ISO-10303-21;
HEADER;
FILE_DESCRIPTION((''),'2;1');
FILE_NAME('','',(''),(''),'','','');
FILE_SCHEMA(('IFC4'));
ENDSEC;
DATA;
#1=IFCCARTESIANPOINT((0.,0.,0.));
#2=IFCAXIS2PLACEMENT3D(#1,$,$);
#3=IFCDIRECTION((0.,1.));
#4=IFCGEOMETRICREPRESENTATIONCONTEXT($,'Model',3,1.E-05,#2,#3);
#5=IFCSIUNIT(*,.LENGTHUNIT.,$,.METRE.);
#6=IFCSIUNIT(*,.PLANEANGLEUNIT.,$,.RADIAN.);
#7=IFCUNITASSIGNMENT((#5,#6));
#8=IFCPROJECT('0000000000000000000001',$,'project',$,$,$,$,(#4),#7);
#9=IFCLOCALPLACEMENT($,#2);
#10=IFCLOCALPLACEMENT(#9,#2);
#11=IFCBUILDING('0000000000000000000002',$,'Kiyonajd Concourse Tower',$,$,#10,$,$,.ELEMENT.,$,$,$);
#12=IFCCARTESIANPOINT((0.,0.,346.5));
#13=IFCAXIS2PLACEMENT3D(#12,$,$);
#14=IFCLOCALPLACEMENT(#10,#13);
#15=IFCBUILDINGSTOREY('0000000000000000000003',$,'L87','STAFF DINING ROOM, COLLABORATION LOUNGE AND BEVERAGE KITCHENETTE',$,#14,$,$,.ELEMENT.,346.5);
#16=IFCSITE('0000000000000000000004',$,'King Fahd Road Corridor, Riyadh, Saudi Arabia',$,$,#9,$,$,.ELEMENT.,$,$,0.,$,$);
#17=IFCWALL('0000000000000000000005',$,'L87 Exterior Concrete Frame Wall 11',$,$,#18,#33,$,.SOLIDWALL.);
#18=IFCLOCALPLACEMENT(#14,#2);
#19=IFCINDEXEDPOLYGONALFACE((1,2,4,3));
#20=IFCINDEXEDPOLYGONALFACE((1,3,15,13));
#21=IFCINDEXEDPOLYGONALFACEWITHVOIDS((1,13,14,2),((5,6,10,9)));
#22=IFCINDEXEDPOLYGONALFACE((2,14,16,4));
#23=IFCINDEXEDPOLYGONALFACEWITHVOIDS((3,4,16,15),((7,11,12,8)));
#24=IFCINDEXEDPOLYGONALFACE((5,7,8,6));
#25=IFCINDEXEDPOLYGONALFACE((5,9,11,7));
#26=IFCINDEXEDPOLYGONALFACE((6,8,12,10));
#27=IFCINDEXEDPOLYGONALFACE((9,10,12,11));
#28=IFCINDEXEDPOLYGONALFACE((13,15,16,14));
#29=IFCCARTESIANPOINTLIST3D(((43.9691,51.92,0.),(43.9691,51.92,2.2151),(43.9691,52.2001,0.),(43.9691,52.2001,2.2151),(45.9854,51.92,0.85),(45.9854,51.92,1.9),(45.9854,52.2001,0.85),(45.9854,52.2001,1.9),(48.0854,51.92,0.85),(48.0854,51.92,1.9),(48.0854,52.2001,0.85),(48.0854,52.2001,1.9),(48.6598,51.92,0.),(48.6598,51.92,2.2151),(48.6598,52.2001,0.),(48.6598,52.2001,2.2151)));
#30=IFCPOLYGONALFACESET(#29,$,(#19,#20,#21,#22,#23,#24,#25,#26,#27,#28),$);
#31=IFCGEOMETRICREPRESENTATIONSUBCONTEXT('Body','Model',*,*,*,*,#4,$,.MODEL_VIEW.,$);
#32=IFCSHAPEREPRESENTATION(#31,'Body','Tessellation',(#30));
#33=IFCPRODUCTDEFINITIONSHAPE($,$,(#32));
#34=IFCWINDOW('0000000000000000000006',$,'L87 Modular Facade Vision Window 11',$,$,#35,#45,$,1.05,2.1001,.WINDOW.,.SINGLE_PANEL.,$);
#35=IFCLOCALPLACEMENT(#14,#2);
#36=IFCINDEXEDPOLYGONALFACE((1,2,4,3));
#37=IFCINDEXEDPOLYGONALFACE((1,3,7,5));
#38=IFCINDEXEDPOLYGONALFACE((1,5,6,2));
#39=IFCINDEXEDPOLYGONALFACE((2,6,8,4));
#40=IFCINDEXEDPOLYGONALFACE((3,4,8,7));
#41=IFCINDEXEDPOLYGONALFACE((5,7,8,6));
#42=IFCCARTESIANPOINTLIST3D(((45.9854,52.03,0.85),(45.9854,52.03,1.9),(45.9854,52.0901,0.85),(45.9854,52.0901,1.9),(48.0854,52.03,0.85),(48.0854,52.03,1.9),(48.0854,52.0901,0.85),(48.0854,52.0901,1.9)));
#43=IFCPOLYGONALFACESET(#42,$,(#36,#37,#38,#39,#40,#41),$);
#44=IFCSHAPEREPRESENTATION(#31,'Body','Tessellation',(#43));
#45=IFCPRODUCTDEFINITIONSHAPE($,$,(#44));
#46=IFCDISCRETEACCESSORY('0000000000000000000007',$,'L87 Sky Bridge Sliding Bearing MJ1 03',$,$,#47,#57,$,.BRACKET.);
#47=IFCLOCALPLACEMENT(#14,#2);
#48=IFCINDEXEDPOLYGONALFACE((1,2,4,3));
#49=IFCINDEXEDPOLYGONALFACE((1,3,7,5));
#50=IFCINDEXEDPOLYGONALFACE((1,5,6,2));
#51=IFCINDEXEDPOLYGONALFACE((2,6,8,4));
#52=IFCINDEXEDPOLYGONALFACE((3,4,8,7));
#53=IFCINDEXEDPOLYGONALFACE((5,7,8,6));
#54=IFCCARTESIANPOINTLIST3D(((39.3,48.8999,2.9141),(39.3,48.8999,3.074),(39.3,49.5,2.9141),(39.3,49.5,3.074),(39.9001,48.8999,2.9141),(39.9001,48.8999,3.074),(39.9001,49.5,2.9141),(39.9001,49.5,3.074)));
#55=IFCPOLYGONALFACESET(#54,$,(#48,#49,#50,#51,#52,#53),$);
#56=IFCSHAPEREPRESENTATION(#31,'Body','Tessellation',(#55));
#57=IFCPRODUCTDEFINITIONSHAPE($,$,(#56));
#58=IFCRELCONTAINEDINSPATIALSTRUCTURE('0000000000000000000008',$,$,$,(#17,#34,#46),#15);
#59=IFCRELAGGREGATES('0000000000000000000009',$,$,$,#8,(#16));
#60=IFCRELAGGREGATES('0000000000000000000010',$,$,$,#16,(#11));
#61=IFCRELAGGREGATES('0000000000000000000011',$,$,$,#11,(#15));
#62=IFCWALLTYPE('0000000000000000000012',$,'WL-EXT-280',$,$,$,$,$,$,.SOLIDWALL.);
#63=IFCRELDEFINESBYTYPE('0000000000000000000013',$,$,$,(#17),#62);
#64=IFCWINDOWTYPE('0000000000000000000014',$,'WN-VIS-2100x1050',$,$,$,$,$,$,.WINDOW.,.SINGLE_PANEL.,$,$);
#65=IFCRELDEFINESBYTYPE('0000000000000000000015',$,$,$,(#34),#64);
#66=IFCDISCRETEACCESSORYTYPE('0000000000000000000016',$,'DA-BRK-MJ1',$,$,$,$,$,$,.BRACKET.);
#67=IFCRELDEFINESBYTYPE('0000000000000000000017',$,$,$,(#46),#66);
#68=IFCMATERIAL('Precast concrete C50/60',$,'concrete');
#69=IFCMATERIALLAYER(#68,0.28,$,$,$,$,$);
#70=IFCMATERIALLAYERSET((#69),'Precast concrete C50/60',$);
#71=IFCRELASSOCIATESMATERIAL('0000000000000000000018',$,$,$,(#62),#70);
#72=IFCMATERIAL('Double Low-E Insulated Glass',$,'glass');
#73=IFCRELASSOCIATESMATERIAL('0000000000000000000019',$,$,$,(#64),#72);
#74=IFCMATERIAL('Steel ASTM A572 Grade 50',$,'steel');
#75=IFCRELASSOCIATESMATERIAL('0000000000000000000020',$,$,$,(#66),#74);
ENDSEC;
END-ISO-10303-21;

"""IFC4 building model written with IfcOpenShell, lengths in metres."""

from ifc_helpers import new_model, si_unit, direction, frame, frame_2d, origin, origin_2d, place, context, subcontext, project, spatial, rectangle, extrude, material, layer, layer_set, type_object, element, fill, save


model = new_model("IFC4")

# Units and contexts
model_context = context("Model", 3, precision=1e-05, world=origin(), true_north=direction((0.0, 1.0)))
body_context = subcontext(model_context, "Body", "Model", "MODEL_VIEW")
ifc_project = project(units=[si_unit("LENGTHUNIT", "METRE"), si_unit("PLANEANGLEUNIT", "RADIAN")], contexts=[model_context])

# Site, building, storey
site_placement = place(None, origin())
site = spatial("IfcSite", under=ifc_project, at=site_placement, Name="King Fahd Road Corridor, Riyadh, Saudi Arabia", CompositionType="ELEMENT", RefElevation=0.0)
building_placement = place(site_placement, origin())
building = spatial("IfcBuilding", under=site, at=building_placement, Name="Kiyonajd Concourse Tower", CompositionType="ELEMENT")
storey_placement = place(building_placement, frame((0.0, 0.0, 346.5)))
storey = spatial("IfcBuildingStorey", under=building, at=storey_placement, Name="L87", Description="STAFF DINING ROOM, COLLABORATION LOUNGE AND BEVERAGE KITCHENETTE", CompositionType="ELEMENT", Elevation=346.5)

# Shared definitions
ifc_material_1 = material(Name="Steel ASTM A572 Grade 50", Category="steel")

# Shared definitions
ifc_material_2 = material(Name="Double Low-E Insulated Glass", Category="glass")

# Shared definitions
ifc_material_3 = material(Name="Precast concrete C50/60", Category="concrete")
ifc_layer_1 = layer(ifc_material_3, 0.28)
ifc_layer_set_1 = layer_set([ifc_layer_1], Name="Precast concrete C50/60")
wall_type = type_object("IfcWallType", Name="WL-EXT-280", PredefinedType="SOLIDWALL", material=ifc_layer_set_1)

# Wall, opening, window
wall_1_placement = place(storey_placement, frame((43.9692, 52.0601, 0.0), z_axis=(0.0, 0.0, 1.0), x_axis=(1.0, 0.0, 0.0)))
wall_1 = element("IfcWall", 1, at=wall_1_placement, inside=storey, type_object=wall_type, Name="L87 Exterior Concrete Frame Wall 11", PredefinedType="SOLIDWALL", context=body_context, shape_type="SweptSolid", body=[
    extrude(rectangle(XDim=4.6907, YDim=0.28, at=frame_2d((2.3452, 0.0))), origin(), (0.0, 0.0, 1.0), 2.2151),
])
opening_placement = place(wall_1_placement, frame((2.0161, 0.0, 0.8501)))
opening = element("IfcOpeningElement", 2, at=opening_placement, cuts=wall_1, PredefinedType="OPENING", context=body_context, shape_type="SweptSolid", body=[
    extrude(rectangle(XDim=2.1001, YDim=1.05, at=frame_2d((1.05, 0.5249))), frame((0.0, 0.1499, 0.0), z_axis=(0.0, -1.0, 0.0), x_axis=(1.0, 0.0, 0.0)), (0.0, 0.0, 1.0), 0.3),
])
window_type = type_object("IfcWindowType", Name="WN-VIS-2100x1050", PartitioningType="SINGLE_PANEL", PredefinedType="WINDOW", material=ifc_material_2)
window_placement = place(opening_placement, origin())
window = element("IfcWindow", 3, at=window_placement, inside=storey, type_object=window_type, Name="L87 Modular Facade Vision Window 11", OverallHeight=1.05, OverallWidth=2.1001, PartitioningType="SINGLE_PANEL", PredefinedType="WINDOW", context=body_context, shape_type="SweptSolid", body=[
    extrude(rectangle(XDim=2.1001, YDim=1.05, at=frame_2d((1.05, 0.5249))), frame((0.0, 0.03, 0.0), z_axis=(0.0, -1.0, 0.0), x_axis=(1.0, 0.0, 0.0)), (0.0, 0.0, 1.0), 0.0601),
])
fill(opening, window)

# Discrete accessory
discrete_accessory_type = type_object("IfcDiscreteAccessoryType", Name="DA-BRK-MJ1", PredefinedType="BRACKET", material=ifc_material_1)
discrete_accessory_placement = place(storey_placement, frame((39.6001, 49.2, 2.9141), z_axis=(0.0, 0.0, 1.0), x_axis=(1.0, 0.0, 0.0)))
element("IfcDiscreteAccessory", 4, at=discrete_accessory_placement, inside=storey, type_object=discrete_accessory_type, Name="L87 Sky Bridge Sliding Bearing MJ1 03", PredefinedType="BRACKET", context=body_context, shape_type="SweptSolid", body=[
    extrude(rectangle(XDim=0.6001, YDim=0.6001, at=origin_2d()), origin(), (0.0, 0.0, 1.0), 0.1599),
])

save(model, "model.ifc")
